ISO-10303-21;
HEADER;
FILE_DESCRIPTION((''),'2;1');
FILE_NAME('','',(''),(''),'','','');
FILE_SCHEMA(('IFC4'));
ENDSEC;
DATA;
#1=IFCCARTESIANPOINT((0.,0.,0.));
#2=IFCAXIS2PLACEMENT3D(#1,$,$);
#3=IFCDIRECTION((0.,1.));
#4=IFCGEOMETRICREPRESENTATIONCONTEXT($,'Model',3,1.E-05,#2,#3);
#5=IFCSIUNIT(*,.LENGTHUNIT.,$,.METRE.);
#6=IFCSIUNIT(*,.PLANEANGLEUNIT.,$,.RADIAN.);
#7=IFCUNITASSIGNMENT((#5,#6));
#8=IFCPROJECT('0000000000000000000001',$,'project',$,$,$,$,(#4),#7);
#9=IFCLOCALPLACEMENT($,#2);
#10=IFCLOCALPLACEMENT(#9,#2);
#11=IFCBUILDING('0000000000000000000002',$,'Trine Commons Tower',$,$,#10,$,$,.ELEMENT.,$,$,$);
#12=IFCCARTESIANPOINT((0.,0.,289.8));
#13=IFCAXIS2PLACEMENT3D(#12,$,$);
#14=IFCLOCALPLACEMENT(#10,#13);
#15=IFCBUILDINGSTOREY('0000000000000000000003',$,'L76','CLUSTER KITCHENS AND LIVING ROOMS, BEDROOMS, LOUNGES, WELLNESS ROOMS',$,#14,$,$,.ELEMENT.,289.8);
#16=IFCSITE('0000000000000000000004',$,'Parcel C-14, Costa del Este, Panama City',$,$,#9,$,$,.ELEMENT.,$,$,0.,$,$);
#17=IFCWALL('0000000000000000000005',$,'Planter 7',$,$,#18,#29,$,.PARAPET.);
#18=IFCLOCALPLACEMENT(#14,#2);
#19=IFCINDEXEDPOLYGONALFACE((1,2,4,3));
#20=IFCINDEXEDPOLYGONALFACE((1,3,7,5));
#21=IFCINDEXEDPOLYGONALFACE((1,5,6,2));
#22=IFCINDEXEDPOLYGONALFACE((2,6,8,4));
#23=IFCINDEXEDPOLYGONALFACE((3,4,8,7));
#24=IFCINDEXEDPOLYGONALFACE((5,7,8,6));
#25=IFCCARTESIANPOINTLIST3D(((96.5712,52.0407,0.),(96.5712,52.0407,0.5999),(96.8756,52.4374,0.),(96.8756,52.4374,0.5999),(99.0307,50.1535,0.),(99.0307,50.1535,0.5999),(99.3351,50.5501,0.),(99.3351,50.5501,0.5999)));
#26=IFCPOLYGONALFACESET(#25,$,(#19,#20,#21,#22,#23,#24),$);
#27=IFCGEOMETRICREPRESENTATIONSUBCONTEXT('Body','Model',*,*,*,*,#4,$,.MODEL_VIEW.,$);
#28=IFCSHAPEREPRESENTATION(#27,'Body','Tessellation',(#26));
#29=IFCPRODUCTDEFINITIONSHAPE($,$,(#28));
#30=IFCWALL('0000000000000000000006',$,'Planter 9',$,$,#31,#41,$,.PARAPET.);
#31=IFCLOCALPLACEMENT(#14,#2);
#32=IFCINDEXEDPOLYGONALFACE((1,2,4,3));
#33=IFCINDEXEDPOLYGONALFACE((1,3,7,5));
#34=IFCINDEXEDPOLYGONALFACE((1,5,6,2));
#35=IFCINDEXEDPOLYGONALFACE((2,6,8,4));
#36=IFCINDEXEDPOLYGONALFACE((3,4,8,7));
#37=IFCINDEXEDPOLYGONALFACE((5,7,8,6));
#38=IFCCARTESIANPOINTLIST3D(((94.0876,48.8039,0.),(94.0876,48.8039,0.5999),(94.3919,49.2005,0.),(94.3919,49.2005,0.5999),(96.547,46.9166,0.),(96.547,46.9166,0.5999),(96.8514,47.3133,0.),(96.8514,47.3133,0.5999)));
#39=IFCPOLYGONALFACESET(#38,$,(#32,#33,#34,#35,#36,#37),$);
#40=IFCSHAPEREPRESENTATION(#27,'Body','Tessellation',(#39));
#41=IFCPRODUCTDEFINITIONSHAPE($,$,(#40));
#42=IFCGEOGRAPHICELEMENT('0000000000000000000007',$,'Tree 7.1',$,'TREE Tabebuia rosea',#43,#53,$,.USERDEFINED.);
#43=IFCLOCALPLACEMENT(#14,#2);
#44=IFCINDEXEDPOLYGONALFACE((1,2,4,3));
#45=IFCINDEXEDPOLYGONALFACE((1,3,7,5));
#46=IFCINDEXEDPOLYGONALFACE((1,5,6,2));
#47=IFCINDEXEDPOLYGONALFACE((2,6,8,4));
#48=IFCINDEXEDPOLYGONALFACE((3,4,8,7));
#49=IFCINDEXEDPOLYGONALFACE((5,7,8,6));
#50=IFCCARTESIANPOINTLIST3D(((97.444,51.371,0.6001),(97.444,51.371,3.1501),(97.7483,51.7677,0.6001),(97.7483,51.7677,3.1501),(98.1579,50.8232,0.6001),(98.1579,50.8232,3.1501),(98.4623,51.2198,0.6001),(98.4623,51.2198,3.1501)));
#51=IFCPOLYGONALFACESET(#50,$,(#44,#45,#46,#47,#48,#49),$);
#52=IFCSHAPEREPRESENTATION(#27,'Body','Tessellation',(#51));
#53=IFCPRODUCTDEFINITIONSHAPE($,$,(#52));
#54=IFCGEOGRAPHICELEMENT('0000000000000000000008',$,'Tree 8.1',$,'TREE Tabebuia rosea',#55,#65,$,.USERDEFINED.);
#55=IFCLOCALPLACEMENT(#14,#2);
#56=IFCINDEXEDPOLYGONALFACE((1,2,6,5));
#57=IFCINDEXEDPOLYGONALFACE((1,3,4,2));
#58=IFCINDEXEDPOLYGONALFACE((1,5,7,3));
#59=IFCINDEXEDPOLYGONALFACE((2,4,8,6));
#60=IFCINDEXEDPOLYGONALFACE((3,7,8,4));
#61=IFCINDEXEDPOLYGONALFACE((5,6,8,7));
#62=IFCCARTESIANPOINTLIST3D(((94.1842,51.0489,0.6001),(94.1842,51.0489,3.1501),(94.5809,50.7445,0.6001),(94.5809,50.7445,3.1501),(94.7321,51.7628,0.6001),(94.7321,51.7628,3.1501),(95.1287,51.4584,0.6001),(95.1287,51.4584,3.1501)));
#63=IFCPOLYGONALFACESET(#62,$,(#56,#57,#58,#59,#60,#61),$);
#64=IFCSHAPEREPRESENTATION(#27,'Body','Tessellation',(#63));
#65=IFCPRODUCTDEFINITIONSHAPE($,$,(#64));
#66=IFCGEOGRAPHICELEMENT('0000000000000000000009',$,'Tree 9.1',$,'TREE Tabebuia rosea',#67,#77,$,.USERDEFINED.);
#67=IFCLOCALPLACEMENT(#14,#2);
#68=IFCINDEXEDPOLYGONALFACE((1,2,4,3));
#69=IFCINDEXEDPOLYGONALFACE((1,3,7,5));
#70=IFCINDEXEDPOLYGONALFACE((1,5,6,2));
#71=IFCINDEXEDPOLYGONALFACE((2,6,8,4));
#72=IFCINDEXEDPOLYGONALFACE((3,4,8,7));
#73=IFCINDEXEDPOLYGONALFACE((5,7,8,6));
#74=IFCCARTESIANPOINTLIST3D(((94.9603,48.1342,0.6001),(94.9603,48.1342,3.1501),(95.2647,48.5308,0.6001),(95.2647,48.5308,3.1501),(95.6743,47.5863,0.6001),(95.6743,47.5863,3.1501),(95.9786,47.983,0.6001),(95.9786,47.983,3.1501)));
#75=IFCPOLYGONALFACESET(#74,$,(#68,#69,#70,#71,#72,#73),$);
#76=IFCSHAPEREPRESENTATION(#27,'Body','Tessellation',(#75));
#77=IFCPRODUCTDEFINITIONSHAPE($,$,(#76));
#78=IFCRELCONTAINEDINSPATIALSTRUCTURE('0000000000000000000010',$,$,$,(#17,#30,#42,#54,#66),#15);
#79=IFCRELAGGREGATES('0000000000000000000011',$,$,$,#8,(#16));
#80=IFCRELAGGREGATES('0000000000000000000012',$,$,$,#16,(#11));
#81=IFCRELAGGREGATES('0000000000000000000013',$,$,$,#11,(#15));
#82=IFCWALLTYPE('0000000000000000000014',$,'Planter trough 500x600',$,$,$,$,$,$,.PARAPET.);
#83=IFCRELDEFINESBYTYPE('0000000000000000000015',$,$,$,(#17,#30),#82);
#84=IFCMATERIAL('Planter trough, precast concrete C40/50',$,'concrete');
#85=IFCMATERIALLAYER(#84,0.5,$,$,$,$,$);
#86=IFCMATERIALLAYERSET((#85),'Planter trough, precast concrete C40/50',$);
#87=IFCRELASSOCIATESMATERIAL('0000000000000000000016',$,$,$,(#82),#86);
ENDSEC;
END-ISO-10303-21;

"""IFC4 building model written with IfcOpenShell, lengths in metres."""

from ifc_helpers import new_model, si_unit, direction, frame, frame_2d, origin, origin_2d, place, context, subcontext, project, spatial, rectangle, extrude, material, layer, layer_set, type_object, element, save


model = new_model("IFC4")

# Units and contexts
model_context = context("Model", 3, precision=1e-05, world=origin(), true_north=direction((0.0, 1.0)))
body_context = subcontext(model_context, "Body", "Model", "MODEL_VIEW")
ifc_project = project(units=[si_unit("LENGTHUNIT", "METRE"), si_unit("PLANEANGLEUNIT", "RADIAN")], contexts=[model_context])

# Site, building, storey
site_placement = place(None, origin())
site = spatial("IfcSite", under=ifc_project, at=site_placement, Name="Parcel C-14, Costa del Este, Panama City", CompositionType="ELEMENT", RefElevation=0.0)
building_placement = place(site_placement, origin())
building = spatial("IfcBuilding", under=site, at=building_placement, Name="Trine Commons Tower", CompositionType="ELEMENT")
storey_placement = place(building_placement, frame((0.0, 0.0, 289.8)))
storey = spatial("IfcBuildingStorey", under=building, at=storey_placement, Name="L76", Description="CLUSTER KITCHENS AND LIVING ROOMS, BEDROOMS, LOUNGES, WELLNESS ROOMS", CompositionType="ELEMENT", Elevation=289.8)

# Walls
ifc_material_1 = material(Name="Planter trough, precast concrete C40/50", Category="concrete")
ifc_layer_1 = layer(ifc_material_1, 0.5)
ifc_layer_set_1 = layer_set([ifc_layer_1], Name="Planter trough, precast concrete C40/50")
wall_type_1 = type_object("IfcWallType", Name="Planter trough 500x600", PredefinedType="PARAPET", material=ifc_layer_set_1)
for number, where, z_axis, x_axis, name in (
    (1, (99.1829, 50.3518, 0.0), (0.0, 0.0, 1.0), (-0.793355, 0.608759, 0.0), "Planter 7"),
    (2, (94.2397, 49.0022, 0.0), (0.0, 0.0, 1.0), (0.793355, -0.608759, 0.0), "Planter 9"),
):
    element("IfcWall", number, at=place(storey_placement, frame(where, z_axis=z_axis, x_axis=x_axis)), inside=storey, type_object=wall_type_1, Name=name, PredefinedType="PARAPET", context=body_context, shape_type="SweptSolid", body=[
        extrude(rectangle(XDim=3.1001, YDim=0.5, at=frame_2d((1.55, 0.0))), origin(), (0.0, 0.0, 1.0), 0.5999),
    ])

# Geographic elements
for number, where, z_axis, x_axis, name in (
    (3, (97.9531, 51.2954, 0.6001), (0.0, 0.0, 1.0), (-0.793348, 0.608768, 0.0), "Tree 7.1"),
    (4, (94.6565, 51.2537, 0.6001), (0.0, 0.0, 1.0), (-0.608764, -0.793351, 0.0), "Tree 8.1"),
    (5, (95.4695, 48.0586, 0.6001), (0.0, 0.0, 1.0), (0.793348, -0.608768, 0.0), "Tree 9.1"),
):
    element("IfcGeographicElement", number, at=place(storey_placement, frame(where, z_axis=z_axis, x_axis=x_axis)), inside=storey, Name=name, ObjectType="TREE Tabebuia rosea", PredefinedType="USERDEFINED", context=body_context, shape_type="SweptSolid", body=[
        extrude(rectangle(XDim=0.8999, YDim=0.5, at=origin_2d()), origin(), (0.0, 0.0, 1.0), 2.55),
    ])

save(model, "model.ifc")
